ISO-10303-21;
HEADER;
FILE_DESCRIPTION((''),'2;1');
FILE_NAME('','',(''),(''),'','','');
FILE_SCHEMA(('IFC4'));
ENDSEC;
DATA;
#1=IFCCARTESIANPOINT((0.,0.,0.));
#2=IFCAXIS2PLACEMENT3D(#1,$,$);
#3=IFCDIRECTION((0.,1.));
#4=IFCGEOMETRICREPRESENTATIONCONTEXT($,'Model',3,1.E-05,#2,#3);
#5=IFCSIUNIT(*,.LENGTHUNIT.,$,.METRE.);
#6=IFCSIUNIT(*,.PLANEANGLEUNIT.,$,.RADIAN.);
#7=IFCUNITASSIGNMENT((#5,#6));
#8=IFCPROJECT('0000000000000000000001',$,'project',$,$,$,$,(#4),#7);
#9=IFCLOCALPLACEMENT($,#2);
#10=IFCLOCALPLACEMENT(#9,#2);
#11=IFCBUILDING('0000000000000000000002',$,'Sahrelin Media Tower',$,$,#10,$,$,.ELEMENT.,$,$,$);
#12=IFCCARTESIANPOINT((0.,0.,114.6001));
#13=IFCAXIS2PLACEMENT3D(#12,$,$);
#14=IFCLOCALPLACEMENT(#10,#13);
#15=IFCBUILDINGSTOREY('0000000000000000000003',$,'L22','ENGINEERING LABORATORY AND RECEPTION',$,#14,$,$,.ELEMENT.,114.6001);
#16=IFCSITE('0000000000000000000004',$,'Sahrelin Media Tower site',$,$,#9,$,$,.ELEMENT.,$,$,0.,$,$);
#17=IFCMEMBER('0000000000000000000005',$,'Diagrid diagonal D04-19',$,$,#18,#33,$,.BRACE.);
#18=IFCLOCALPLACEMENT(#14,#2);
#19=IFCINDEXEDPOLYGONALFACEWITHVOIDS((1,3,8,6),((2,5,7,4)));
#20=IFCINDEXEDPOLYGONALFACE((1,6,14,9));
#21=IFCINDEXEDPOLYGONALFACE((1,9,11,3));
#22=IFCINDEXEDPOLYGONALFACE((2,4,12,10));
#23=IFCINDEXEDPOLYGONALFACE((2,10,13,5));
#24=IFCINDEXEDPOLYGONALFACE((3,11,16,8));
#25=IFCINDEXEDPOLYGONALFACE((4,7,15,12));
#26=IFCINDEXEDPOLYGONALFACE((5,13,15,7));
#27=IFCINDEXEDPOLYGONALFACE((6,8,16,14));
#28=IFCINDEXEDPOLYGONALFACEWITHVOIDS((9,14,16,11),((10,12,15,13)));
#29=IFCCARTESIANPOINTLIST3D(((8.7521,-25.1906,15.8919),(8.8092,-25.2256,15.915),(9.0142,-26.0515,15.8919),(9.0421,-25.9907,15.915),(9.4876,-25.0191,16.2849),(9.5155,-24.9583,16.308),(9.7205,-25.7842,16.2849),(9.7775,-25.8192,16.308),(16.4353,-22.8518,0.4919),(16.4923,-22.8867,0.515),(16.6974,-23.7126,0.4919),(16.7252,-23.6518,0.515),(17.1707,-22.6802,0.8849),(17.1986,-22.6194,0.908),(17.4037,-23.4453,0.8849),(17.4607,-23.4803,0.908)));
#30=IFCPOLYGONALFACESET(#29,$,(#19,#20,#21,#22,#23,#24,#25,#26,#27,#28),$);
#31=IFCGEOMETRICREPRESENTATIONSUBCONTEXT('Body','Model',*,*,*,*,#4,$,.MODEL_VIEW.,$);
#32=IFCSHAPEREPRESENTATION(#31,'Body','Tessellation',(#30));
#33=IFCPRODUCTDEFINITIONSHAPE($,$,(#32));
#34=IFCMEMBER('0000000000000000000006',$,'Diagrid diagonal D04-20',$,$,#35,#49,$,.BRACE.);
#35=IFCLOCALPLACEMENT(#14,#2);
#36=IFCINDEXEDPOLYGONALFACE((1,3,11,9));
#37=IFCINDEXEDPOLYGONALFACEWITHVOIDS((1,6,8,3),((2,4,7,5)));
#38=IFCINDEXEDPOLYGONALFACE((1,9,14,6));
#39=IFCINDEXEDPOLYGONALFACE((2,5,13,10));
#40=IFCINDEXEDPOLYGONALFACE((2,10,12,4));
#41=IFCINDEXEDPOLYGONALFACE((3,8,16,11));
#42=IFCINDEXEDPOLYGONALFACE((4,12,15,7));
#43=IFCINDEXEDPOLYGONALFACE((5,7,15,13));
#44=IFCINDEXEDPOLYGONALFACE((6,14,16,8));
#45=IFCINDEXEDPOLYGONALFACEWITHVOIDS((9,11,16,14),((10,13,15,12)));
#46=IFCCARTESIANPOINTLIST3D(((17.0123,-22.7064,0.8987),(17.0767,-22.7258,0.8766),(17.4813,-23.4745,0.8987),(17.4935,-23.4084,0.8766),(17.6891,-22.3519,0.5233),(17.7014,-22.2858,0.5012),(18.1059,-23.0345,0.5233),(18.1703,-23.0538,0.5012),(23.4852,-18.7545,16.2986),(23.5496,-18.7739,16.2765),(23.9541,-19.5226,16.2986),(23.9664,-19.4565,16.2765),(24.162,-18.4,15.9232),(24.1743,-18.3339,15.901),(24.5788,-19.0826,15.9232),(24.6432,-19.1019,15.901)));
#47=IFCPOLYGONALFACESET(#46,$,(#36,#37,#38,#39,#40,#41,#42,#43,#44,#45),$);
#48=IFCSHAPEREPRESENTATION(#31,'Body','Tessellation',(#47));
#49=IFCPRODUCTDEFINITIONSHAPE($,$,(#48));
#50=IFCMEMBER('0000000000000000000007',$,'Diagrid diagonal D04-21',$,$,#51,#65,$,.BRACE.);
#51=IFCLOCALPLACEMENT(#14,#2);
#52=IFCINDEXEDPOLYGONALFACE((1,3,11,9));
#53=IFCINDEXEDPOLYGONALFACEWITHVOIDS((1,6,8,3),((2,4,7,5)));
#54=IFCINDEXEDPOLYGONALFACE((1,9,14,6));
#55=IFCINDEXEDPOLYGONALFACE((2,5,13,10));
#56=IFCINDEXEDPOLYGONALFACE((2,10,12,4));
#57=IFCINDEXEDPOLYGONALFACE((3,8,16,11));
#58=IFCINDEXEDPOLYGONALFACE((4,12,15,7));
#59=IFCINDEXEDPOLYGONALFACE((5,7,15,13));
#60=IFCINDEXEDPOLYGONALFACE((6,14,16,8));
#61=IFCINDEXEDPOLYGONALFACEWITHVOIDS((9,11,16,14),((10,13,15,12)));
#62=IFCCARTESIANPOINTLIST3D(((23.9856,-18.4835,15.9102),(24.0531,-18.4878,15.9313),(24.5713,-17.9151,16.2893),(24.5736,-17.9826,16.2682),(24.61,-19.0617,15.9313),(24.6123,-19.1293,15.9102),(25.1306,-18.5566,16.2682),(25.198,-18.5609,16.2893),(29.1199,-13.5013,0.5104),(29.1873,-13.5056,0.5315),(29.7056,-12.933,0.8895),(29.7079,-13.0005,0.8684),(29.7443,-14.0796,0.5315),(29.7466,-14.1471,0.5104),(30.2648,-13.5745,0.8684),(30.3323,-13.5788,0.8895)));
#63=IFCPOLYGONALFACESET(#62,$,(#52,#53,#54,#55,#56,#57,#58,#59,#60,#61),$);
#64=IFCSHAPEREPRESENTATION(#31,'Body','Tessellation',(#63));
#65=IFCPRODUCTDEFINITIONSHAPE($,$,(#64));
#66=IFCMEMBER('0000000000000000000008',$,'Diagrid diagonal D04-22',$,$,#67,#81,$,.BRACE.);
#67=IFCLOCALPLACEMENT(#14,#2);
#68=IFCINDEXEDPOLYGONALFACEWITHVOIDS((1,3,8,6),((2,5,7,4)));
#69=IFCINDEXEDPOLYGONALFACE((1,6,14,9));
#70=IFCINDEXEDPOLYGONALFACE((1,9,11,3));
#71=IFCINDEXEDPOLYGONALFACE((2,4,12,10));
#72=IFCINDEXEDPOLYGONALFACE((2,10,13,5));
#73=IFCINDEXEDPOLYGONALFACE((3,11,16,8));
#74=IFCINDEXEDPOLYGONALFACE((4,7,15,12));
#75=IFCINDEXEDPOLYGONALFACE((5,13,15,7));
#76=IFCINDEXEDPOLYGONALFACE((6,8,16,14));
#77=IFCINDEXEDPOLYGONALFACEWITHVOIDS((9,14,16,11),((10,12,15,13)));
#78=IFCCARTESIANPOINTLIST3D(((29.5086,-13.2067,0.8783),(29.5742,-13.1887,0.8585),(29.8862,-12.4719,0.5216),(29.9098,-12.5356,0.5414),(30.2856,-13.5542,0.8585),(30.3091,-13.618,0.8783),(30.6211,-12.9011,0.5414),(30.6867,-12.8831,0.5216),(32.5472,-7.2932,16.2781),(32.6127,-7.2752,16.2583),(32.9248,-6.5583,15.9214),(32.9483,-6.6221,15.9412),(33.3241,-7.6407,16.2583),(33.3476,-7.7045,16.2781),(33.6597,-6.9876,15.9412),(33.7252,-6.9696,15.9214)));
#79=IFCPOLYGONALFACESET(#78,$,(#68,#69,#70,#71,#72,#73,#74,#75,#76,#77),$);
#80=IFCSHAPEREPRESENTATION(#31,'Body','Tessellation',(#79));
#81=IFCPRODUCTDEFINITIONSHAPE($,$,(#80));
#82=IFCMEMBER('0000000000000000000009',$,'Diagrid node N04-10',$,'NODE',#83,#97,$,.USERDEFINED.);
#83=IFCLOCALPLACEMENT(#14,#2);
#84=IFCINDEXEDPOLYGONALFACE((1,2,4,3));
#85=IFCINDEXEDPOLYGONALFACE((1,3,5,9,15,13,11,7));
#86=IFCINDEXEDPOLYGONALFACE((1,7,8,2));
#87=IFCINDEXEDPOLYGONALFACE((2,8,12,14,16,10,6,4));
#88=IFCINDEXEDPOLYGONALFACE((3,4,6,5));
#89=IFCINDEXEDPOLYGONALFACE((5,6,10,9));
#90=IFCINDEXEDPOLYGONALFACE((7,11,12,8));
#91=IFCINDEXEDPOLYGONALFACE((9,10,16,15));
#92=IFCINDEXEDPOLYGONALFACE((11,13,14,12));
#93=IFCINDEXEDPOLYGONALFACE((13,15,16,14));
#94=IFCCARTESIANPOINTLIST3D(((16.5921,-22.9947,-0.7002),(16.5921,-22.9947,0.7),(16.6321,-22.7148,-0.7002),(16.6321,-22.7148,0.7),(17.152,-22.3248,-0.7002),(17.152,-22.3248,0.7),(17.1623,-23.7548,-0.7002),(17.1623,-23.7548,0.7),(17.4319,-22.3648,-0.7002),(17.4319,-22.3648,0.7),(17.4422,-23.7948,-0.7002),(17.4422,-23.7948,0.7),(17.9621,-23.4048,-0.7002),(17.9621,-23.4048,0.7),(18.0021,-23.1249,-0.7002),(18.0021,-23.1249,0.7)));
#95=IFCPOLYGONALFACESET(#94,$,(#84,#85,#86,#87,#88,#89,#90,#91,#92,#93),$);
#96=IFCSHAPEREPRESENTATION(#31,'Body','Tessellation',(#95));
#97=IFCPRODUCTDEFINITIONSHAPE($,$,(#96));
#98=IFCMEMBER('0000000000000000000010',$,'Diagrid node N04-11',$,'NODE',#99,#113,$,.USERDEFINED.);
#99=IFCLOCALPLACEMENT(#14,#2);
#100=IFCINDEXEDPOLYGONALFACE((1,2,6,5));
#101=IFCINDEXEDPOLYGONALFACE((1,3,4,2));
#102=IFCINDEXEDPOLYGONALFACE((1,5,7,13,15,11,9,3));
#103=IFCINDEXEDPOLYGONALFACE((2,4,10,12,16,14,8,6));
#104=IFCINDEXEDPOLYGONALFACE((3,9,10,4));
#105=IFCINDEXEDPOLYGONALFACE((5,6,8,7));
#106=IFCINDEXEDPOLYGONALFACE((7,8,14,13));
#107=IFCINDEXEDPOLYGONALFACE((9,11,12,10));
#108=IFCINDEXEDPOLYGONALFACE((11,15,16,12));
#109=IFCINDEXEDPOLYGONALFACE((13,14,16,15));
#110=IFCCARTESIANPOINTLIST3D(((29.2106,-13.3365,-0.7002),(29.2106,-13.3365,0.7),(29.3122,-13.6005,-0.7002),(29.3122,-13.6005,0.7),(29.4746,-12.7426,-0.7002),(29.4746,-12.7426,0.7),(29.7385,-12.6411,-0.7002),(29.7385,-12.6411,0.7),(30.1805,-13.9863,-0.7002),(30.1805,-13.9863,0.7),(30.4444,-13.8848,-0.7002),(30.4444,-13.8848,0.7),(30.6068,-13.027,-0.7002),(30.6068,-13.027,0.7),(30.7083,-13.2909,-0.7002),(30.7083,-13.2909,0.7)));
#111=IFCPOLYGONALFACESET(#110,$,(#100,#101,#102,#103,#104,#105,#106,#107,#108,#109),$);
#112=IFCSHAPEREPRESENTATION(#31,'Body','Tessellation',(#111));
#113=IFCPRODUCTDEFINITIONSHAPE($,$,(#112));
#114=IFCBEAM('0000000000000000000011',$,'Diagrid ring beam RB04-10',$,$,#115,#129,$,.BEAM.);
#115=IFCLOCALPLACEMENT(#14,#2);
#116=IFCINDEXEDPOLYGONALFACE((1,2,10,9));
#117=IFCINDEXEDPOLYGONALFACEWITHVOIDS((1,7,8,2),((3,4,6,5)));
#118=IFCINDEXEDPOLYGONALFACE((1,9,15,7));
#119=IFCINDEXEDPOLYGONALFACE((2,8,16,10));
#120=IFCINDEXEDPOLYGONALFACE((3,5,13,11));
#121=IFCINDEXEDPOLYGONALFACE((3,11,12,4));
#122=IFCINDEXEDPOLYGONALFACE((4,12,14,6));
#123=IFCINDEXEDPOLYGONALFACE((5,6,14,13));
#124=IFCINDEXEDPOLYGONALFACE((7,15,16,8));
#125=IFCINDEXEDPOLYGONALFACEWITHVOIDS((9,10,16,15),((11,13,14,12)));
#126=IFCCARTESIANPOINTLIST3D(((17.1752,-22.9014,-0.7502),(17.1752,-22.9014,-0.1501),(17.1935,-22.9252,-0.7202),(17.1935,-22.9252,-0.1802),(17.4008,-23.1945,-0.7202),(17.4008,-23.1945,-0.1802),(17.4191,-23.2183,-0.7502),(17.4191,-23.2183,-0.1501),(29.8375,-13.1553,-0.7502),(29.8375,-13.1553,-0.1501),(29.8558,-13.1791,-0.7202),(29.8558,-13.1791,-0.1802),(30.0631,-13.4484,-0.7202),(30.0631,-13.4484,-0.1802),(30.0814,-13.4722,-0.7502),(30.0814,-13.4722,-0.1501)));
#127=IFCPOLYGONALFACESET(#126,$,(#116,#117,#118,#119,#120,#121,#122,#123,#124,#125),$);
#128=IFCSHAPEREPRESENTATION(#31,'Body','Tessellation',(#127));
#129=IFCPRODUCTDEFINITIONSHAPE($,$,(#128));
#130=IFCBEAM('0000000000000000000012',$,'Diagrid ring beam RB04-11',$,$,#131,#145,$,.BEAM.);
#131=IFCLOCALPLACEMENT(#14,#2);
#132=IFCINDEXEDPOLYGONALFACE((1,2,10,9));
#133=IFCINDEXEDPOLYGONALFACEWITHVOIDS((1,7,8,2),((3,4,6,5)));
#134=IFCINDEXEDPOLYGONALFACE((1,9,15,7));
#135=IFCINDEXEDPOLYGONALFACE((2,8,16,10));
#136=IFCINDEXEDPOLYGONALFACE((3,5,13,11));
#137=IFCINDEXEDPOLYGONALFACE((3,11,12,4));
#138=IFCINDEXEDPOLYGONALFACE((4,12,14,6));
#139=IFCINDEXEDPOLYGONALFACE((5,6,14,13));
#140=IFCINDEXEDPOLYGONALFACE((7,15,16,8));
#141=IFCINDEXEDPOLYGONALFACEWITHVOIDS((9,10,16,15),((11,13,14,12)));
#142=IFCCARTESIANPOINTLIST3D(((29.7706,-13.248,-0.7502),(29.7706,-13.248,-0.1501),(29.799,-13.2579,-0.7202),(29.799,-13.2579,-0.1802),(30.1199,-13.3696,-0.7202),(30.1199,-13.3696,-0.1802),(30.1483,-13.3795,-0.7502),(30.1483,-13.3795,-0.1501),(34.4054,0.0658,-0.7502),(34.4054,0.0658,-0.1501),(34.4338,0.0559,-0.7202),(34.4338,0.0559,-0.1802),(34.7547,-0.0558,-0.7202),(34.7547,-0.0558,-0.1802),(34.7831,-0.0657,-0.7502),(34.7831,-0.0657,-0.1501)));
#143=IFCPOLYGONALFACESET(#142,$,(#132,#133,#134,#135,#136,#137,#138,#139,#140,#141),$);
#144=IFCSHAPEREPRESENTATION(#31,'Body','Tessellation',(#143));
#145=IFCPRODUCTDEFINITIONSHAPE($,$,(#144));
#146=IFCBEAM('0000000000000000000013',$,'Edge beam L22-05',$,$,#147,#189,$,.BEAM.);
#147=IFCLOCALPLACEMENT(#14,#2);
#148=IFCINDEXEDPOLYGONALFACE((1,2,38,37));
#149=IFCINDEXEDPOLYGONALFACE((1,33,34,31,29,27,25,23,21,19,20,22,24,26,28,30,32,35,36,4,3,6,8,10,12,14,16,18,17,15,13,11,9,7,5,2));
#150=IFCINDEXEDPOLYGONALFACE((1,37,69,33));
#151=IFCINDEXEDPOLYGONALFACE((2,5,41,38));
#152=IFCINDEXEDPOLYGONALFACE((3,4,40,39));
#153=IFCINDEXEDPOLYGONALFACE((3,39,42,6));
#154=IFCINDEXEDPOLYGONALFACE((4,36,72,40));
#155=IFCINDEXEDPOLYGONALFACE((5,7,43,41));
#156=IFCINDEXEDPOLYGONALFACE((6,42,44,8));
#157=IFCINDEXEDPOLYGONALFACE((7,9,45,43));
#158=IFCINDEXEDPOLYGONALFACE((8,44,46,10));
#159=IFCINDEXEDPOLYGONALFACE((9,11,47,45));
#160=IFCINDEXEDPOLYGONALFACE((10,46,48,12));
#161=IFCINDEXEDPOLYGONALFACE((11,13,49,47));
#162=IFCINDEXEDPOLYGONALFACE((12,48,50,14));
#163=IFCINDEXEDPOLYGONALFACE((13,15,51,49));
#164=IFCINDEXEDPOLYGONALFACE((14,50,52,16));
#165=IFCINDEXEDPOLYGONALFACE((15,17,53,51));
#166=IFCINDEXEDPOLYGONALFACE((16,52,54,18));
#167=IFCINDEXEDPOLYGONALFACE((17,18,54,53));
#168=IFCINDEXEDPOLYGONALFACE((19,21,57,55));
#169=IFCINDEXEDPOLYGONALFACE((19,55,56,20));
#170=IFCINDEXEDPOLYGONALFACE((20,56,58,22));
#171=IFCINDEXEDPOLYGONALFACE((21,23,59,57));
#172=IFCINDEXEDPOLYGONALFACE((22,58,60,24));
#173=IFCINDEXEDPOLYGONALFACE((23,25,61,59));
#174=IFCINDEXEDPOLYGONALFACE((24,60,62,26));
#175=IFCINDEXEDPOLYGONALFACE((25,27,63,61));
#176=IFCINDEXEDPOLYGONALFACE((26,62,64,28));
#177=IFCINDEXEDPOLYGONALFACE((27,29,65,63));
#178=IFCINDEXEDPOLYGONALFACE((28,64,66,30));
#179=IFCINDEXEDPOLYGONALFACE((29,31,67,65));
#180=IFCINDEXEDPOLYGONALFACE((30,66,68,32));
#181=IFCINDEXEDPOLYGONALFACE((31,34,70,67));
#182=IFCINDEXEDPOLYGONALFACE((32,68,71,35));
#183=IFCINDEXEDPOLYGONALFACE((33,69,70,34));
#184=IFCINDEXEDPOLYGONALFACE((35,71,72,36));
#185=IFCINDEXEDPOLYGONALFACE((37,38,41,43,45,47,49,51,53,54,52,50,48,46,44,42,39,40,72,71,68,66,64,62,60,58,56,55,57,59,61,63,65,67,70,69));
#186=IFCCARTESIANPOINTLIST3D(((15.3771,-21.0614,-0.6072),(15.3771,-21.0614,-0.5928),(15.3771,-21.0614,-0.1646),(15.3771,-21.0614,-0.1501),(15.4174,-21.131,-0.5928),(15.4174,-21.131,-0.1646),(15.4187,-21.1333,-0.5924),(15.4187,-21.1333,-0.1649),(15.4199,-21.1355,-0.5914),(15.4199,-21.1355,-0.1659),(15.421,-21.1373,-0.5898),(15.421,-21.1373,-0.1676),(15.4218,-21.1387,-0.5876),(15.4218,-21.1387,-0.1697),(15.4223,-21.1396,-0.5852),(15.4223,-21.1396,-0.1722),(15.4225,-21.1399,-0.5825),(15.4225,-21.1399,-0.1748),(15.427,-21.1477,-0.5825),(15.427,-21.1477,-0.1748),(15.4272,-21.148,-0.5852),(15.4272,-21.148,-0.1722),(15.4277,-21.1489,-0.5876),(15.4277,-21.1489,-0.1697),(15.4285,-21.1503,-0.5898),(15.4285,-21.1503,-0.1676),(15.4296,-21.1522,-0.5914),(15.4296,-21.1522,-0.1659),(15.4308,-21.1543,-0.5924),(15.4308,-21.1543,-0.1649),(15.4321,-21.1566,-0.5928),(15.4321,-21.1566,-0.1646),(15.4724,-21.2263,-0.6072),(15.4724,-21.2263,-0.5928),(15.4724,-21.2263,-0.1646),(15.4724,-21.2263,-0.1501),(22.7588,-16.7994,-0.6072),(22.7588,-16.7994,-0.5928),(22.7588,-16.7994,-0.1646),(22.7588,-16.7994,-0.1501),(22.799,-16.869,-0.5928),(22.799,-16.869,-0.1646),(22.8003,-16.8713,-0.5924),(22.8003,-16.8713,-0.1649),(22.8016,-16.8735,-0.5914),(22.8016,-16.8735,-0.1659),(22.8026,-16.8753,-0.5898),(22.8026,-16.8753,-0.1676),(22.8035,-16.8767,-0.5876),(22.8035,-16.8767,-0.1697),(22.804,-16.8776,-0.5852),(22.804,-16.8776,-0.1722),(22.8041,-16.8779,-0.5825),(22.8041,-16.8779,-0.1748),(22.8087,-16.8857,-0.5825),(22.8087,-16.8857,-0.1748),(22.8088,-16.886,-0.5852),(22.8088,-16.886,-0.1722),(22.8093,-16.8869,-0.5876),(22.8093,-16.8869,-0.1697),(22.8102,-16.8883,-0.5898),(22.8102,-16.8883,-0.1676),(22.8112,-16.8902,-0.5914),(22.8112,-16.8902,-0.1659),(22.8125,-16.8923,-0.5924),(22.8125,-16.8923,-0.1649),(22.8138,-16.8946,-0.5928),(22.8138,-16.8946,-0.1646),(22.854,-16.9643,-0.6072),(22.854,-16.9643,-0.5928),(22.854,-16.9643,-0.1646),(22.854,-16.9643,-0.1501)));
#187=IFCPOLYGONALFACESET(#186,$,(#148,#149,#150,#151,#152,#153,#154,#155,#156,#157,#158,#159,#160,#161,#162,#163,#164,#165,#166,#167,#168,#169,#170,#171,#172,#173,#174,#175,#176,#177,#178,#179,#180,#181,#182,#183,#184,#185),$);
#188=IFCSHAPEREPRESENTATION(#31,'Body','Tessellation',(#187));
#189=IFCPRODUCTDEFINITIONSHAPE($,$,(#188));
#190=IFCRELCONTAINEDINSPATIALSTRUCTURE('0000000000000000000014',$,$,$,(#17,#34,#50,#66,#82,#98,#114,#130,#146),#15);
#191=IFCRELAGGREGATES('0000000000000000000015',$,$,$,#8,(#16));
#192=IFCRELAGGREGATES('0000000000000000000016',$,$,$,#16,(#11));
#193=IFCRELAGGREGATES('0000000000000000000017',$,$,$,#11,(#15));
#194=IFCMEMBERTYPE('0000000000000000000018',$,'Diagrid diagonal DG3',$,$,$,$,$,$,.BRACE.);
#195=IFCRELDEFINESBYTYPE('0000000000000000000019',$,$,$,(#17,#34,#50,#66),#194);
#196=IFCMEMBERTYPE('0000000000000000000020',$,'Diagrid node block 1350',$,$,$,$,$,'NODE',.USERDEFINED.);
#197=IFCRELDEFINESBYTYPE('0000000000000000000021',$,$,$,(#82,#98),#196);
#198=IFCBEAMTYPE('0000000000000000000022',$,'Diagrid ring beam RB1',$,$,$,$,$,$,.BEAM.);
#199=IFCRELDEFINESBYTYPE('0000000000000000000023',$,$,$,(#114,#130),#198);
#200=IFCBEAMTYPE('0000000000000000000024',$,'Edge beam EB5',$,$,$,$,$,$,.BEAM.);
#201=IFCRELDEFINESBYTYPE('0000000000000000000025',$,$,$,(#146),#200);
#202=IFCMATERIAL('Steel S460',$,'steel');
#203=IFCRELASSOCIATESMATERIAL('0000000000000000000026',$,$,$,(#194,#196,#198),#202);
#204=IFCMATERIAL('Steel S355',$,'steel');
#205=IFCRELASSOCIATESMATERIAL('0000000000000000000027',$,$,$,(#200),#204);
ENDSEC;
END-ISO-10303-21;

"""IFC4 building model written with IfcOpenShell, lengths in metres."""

from ifc_helpers import new_model, si_unit, direction, frame, origin, origin_2d, place, context, subcontext, project, spatial, polyline, hollow_rectangle, i_section, outline, extrude, material, material_profile, profile_set, type_object, element, save


model = new_model("IFC4")

# Units and contexts
model_context = context("Model", 3, precision=1e-05, world=origin(), true_north=direction((0.0, 1.0)))
body_context = subcontext(model_context, "Body", "Model", "MODEL_VIEW")
ifc_project = project(units=[si_unit("LENGTHUNIT", "METRE"), si_unit("PLANEANGLEUNIT", "RADIAN")], contexts=[model_context])

# Site, building, storey
site_placement = place(None, origin())
site = spatial("IfcSite", under=ifc_project, at=site_placement, Name="Sahrelin Media Tower site", CompositionType="ELEMENT", RefElevation=0.0)
building_placement = place(site_placement, origin())
building = spatial("IfcBuilding", under=site, at=building_placement, Name="Sahrelin Media Tower", CompositionType="ELEMENT")
storey_placement = place(building_placement, frame((0.0, 0.0, 114.6001)))
storey = spatial("IfcBuildingStorey", under=building, at=storey_placement, Name="L22", Description="ENGINEERING LABORATORY AND RECEPTION", CompositionType="ELEMENT", Elevation=114.6001)

# Members
ifc_material_1 = material(Name="Steel S460", Category="steel")
ifc_material_profile_1 = material_profile(ifc_material_1, hollow_rectangle(XDim=0.8999, YDim=0.8999, WallThickness=0.05, at=origin_2d()), Name="Diagrid diagonal DG3")
ifc_profile_set_1 = profile_set([ifc_material_profile_1], Name="Steel S460")
member_type_1 = type_object("IfcMemberType", Name="Diagrid diagonal DG3", PredefinedType="BRACE", material=ifc_profile_set_1)
member_1_placement = place(storey_placement, frame((16.948, -23.166, 0.7), z_axis=(-0.442364, -0.134663, 0.886668), x_axis=(0.291222, -0.956655, 0.0)))
element("IfcMember", 1, at=member_1_placement, inside=storey, type_object=member_type_1, Name="Diagrid diagonal D04-19", PredefinedType="BRACE", context=body_context, shape_type="SweptSolid", body=[
    extrude(hollow_rectangle(XDim=0.8999, YDim=0.8999, WallThickness=0.05, at=origin_2d()), origin(), (0.0, 0.0, 1.0), 17.3684),
])
member_2_placement = place(storey_placement, frame((17.5913, -22.8801, 0.7), z_axis=(0.377076, 0.230216, 0.897114), x_axis=(-0.521089, 0.853502, 0.0)))
element("IfcMember", 2, at=member_2_placement, inside=storey, type_object=member_type_1, Name="Diagrid diagonal D04-20", PredefinedType="BRACE", context=body_context, shape_type="SweptSolid", body=[
    extrude(hollow_rectangle(XDim=0.8999, YDim=0.8999, WallThickness=0.05, at=origin_2d()), origin(), (0.0, 0.0, 1.0), 17.166),
])
member_3_placement = place(storey_placement, frame((29.7261, -13.54, 0.7), z_axis=(-0.302362, -0.293405, 0.906913), x_axis=(0.696397, -0.717657, 0.0)))
element("IfcMember", 3, at=member_3_placement, inside=storey, type_object=member_type_1, Name="Diagrid diagonal D04-21", PredefinedType="BRACE", context=body_context, shape_type="SweptSolid", body=[
    extrude(hollow_rectangle(XDim=0.8999, YDim=0.8999, WallThickness=0.05, at=origin_2d()), origin(), (0.0, 0.0, 1.0), 16.9805),
])
member_4_placement = place(storey_placement, frame((30.0977, -13.0449, 0.7), z_axis=(0.18115, 0.352548, 0.918093), x_axis=(-0.889452, 0.457028, 0.0)))
element("IfcMember", 4, at=member_4_placement, inside=storey, type_object=member_type_1, Name="Diagrid diagonal D04-22", PredefinedType="BRACE", context=body_context, shape_type="SweptSolid", body=[
    extrude(hollow_rectangle(XDim=0.8999, YDim=0.8999, WallThickness=0.05, at=origin_2d()), origin(), (0.0, 0.0, 1.0), 16.7737),
])
ifc_material_profile_2 = material_profile(ifc_material_1, outline(polyline([(0.4751, -0.5249), (0.675, -0.325), (0.675, 0.325), (0.4751, 0.5249), (-0.4751, 0.5249), (-0.675, 0.325), (-0.675, -0.325), (-0.4751, -0.5249), (0.4751, -0.5249)])), Name="Diagrid node block 1350")
ifc_profile_set_2 = profile_set([ifc_material_profile_2], Name="Steel S460")
member_type_2 = type_object("IfcMemberType", Name="Diagrid node block 1350", ElementType="NODE", PredefinedType="USERDEFINED", material=ifc_profile_set_2)
for number, where, z_axis, x_axis, name in (
    (5, (17.2971, -23.0598, -0.7002), (0.0, 0.0, 1.0), (0.60005, -0.799962, 0.0), "Diagrid node N04-10"),
    (6, (29.9595, -13.3137, -0.7002), (0.0, 0.0, 1.0), (0.913831, -0.406094, 0.0), "Diagrid node N04-11"),
):
    element("IfcMember", number, at=place(storey_placement, frame(where, z_axis=z_axis, x_axis=x_axis)), inside=storey, type_object=member_type_2, Name=name, ObjectType="NODE", PredefinedType="USERDEFINED", context=body_context, shape_type="SweptSolid", body=[
        extrude(outline(polyline([(0.4751, -0.5249), (0.675, -0.325), (0.675, 0.325), (0.4751, 0.5249), (-0.4751, 0.5249), (-0.675, 0.325), (-0.675, -0.325), (-0.4751, -0.5249), (0.4751, -0.5249)])), origin(), (0.0, 0.0, 1.0), 1.4001),
    ])

# Beams
ifc_material_profile_3 = material_profile(ifc_material_1, hollow_rectangle(XDim=0.3999, YDim=0.6001, WallThickness=0.03, at=origin_2d()), Name="Diagrid ring beam RB1")
ifc_profile_set_3 = profile_set([ifc_material_profile_3], Name="Steel S460")
beam_type_1 = type_object("IfcBeamType", Name="Diagrid ring beam RB1", PredefinedType="BEAM", material=ifc_profile_set_3)
beam_1_placement = place(storey_placement, frame((17.2971, -23.0598, -0.4502), z_axis=(0.792448, 0.60994, 0.0), x_axis=(-0.60994, 0.792448, 0.0)))
element("IfcBeam", 7, at=beam_1_placement, inside=storey, type_object=beam_type_1, Name="Diagrid ring beam RB04-10", PredefinedType="BEAM", context=body_context, shape_type="SweptSolid", body=[
    extrude(hollow_rectangle(XDim=0.3999, YDim=0.6001, WallThickness=0.03, at=origin_2d()), origin(), (0.0, 0.0, 1.0), 15.9788),
])
beam_2_placement = place(storey_placement, frame((29.9595, -13.3137, -0.4502), z_axis=(0.328768, 0.944411, 0.0), x_axis=(-0.944411, 0.328768, 0.0)))
element("IfcBeam", 8, at=beam_2_placement, inside=storey, type_object=beam_type_1, Name="Diagrid ring beam RB04-11", PredefinedType="BEAM", context=body_context, shape_type="SweptSolid", body=[
    extrude(hollow_rectangle(XDim=0.3999, YDim=0.6001, WallThickness=0.03, at=origin_2d()), origin(), (0.0, 0.0, 1.0), 14.0974),
])
ifc_material_2 = material(Name="Steel S355", Category="steel")
ifc_material_profile_4 = material_profile(ifc_material_2, i_section(OverallWidth=0.1904, OverallDepth=0.457, WebThickness=0.009, FlangeThickness=0.0144, FilletRadius=0.0103, at=origin_2d()), Name="UB 457x191x74")
ifc_profile_set_4 = profile_set([ifc_material_profile_4], Name="Steel S355")
beam_type_2 = type_object("IfcBeamType", Name="Edge beam EB5", PredefinedType="BEAM", material=ifc_profile_set_4)
beam_3_placement = place(storey_placement, frame((22.8064, -16.8818, -0.3787), z_axis=(-0.866015, -0.500017, 0.0), x_axis=(0.500017, -0.866015, 0.0)))
element("IfcBeam", 9, at=beam_3_placement, inside=storey, type_object=beam_type_2, Name="Edge beam L22-05", PredefinedType="BEAM", context=body_context, shape_type="SweptSolid", body=[
    extrude(i_section(OverallWidth=0.1904, OverallDepth=0.457, WebThickness=0.009, FlangeThickness=0.0144, FilletRadius=0.0103, at=origin_2d()), origin(), (0.0, 0.0, 1.0), 8.5237),
])

save(model, "model.ifc")
